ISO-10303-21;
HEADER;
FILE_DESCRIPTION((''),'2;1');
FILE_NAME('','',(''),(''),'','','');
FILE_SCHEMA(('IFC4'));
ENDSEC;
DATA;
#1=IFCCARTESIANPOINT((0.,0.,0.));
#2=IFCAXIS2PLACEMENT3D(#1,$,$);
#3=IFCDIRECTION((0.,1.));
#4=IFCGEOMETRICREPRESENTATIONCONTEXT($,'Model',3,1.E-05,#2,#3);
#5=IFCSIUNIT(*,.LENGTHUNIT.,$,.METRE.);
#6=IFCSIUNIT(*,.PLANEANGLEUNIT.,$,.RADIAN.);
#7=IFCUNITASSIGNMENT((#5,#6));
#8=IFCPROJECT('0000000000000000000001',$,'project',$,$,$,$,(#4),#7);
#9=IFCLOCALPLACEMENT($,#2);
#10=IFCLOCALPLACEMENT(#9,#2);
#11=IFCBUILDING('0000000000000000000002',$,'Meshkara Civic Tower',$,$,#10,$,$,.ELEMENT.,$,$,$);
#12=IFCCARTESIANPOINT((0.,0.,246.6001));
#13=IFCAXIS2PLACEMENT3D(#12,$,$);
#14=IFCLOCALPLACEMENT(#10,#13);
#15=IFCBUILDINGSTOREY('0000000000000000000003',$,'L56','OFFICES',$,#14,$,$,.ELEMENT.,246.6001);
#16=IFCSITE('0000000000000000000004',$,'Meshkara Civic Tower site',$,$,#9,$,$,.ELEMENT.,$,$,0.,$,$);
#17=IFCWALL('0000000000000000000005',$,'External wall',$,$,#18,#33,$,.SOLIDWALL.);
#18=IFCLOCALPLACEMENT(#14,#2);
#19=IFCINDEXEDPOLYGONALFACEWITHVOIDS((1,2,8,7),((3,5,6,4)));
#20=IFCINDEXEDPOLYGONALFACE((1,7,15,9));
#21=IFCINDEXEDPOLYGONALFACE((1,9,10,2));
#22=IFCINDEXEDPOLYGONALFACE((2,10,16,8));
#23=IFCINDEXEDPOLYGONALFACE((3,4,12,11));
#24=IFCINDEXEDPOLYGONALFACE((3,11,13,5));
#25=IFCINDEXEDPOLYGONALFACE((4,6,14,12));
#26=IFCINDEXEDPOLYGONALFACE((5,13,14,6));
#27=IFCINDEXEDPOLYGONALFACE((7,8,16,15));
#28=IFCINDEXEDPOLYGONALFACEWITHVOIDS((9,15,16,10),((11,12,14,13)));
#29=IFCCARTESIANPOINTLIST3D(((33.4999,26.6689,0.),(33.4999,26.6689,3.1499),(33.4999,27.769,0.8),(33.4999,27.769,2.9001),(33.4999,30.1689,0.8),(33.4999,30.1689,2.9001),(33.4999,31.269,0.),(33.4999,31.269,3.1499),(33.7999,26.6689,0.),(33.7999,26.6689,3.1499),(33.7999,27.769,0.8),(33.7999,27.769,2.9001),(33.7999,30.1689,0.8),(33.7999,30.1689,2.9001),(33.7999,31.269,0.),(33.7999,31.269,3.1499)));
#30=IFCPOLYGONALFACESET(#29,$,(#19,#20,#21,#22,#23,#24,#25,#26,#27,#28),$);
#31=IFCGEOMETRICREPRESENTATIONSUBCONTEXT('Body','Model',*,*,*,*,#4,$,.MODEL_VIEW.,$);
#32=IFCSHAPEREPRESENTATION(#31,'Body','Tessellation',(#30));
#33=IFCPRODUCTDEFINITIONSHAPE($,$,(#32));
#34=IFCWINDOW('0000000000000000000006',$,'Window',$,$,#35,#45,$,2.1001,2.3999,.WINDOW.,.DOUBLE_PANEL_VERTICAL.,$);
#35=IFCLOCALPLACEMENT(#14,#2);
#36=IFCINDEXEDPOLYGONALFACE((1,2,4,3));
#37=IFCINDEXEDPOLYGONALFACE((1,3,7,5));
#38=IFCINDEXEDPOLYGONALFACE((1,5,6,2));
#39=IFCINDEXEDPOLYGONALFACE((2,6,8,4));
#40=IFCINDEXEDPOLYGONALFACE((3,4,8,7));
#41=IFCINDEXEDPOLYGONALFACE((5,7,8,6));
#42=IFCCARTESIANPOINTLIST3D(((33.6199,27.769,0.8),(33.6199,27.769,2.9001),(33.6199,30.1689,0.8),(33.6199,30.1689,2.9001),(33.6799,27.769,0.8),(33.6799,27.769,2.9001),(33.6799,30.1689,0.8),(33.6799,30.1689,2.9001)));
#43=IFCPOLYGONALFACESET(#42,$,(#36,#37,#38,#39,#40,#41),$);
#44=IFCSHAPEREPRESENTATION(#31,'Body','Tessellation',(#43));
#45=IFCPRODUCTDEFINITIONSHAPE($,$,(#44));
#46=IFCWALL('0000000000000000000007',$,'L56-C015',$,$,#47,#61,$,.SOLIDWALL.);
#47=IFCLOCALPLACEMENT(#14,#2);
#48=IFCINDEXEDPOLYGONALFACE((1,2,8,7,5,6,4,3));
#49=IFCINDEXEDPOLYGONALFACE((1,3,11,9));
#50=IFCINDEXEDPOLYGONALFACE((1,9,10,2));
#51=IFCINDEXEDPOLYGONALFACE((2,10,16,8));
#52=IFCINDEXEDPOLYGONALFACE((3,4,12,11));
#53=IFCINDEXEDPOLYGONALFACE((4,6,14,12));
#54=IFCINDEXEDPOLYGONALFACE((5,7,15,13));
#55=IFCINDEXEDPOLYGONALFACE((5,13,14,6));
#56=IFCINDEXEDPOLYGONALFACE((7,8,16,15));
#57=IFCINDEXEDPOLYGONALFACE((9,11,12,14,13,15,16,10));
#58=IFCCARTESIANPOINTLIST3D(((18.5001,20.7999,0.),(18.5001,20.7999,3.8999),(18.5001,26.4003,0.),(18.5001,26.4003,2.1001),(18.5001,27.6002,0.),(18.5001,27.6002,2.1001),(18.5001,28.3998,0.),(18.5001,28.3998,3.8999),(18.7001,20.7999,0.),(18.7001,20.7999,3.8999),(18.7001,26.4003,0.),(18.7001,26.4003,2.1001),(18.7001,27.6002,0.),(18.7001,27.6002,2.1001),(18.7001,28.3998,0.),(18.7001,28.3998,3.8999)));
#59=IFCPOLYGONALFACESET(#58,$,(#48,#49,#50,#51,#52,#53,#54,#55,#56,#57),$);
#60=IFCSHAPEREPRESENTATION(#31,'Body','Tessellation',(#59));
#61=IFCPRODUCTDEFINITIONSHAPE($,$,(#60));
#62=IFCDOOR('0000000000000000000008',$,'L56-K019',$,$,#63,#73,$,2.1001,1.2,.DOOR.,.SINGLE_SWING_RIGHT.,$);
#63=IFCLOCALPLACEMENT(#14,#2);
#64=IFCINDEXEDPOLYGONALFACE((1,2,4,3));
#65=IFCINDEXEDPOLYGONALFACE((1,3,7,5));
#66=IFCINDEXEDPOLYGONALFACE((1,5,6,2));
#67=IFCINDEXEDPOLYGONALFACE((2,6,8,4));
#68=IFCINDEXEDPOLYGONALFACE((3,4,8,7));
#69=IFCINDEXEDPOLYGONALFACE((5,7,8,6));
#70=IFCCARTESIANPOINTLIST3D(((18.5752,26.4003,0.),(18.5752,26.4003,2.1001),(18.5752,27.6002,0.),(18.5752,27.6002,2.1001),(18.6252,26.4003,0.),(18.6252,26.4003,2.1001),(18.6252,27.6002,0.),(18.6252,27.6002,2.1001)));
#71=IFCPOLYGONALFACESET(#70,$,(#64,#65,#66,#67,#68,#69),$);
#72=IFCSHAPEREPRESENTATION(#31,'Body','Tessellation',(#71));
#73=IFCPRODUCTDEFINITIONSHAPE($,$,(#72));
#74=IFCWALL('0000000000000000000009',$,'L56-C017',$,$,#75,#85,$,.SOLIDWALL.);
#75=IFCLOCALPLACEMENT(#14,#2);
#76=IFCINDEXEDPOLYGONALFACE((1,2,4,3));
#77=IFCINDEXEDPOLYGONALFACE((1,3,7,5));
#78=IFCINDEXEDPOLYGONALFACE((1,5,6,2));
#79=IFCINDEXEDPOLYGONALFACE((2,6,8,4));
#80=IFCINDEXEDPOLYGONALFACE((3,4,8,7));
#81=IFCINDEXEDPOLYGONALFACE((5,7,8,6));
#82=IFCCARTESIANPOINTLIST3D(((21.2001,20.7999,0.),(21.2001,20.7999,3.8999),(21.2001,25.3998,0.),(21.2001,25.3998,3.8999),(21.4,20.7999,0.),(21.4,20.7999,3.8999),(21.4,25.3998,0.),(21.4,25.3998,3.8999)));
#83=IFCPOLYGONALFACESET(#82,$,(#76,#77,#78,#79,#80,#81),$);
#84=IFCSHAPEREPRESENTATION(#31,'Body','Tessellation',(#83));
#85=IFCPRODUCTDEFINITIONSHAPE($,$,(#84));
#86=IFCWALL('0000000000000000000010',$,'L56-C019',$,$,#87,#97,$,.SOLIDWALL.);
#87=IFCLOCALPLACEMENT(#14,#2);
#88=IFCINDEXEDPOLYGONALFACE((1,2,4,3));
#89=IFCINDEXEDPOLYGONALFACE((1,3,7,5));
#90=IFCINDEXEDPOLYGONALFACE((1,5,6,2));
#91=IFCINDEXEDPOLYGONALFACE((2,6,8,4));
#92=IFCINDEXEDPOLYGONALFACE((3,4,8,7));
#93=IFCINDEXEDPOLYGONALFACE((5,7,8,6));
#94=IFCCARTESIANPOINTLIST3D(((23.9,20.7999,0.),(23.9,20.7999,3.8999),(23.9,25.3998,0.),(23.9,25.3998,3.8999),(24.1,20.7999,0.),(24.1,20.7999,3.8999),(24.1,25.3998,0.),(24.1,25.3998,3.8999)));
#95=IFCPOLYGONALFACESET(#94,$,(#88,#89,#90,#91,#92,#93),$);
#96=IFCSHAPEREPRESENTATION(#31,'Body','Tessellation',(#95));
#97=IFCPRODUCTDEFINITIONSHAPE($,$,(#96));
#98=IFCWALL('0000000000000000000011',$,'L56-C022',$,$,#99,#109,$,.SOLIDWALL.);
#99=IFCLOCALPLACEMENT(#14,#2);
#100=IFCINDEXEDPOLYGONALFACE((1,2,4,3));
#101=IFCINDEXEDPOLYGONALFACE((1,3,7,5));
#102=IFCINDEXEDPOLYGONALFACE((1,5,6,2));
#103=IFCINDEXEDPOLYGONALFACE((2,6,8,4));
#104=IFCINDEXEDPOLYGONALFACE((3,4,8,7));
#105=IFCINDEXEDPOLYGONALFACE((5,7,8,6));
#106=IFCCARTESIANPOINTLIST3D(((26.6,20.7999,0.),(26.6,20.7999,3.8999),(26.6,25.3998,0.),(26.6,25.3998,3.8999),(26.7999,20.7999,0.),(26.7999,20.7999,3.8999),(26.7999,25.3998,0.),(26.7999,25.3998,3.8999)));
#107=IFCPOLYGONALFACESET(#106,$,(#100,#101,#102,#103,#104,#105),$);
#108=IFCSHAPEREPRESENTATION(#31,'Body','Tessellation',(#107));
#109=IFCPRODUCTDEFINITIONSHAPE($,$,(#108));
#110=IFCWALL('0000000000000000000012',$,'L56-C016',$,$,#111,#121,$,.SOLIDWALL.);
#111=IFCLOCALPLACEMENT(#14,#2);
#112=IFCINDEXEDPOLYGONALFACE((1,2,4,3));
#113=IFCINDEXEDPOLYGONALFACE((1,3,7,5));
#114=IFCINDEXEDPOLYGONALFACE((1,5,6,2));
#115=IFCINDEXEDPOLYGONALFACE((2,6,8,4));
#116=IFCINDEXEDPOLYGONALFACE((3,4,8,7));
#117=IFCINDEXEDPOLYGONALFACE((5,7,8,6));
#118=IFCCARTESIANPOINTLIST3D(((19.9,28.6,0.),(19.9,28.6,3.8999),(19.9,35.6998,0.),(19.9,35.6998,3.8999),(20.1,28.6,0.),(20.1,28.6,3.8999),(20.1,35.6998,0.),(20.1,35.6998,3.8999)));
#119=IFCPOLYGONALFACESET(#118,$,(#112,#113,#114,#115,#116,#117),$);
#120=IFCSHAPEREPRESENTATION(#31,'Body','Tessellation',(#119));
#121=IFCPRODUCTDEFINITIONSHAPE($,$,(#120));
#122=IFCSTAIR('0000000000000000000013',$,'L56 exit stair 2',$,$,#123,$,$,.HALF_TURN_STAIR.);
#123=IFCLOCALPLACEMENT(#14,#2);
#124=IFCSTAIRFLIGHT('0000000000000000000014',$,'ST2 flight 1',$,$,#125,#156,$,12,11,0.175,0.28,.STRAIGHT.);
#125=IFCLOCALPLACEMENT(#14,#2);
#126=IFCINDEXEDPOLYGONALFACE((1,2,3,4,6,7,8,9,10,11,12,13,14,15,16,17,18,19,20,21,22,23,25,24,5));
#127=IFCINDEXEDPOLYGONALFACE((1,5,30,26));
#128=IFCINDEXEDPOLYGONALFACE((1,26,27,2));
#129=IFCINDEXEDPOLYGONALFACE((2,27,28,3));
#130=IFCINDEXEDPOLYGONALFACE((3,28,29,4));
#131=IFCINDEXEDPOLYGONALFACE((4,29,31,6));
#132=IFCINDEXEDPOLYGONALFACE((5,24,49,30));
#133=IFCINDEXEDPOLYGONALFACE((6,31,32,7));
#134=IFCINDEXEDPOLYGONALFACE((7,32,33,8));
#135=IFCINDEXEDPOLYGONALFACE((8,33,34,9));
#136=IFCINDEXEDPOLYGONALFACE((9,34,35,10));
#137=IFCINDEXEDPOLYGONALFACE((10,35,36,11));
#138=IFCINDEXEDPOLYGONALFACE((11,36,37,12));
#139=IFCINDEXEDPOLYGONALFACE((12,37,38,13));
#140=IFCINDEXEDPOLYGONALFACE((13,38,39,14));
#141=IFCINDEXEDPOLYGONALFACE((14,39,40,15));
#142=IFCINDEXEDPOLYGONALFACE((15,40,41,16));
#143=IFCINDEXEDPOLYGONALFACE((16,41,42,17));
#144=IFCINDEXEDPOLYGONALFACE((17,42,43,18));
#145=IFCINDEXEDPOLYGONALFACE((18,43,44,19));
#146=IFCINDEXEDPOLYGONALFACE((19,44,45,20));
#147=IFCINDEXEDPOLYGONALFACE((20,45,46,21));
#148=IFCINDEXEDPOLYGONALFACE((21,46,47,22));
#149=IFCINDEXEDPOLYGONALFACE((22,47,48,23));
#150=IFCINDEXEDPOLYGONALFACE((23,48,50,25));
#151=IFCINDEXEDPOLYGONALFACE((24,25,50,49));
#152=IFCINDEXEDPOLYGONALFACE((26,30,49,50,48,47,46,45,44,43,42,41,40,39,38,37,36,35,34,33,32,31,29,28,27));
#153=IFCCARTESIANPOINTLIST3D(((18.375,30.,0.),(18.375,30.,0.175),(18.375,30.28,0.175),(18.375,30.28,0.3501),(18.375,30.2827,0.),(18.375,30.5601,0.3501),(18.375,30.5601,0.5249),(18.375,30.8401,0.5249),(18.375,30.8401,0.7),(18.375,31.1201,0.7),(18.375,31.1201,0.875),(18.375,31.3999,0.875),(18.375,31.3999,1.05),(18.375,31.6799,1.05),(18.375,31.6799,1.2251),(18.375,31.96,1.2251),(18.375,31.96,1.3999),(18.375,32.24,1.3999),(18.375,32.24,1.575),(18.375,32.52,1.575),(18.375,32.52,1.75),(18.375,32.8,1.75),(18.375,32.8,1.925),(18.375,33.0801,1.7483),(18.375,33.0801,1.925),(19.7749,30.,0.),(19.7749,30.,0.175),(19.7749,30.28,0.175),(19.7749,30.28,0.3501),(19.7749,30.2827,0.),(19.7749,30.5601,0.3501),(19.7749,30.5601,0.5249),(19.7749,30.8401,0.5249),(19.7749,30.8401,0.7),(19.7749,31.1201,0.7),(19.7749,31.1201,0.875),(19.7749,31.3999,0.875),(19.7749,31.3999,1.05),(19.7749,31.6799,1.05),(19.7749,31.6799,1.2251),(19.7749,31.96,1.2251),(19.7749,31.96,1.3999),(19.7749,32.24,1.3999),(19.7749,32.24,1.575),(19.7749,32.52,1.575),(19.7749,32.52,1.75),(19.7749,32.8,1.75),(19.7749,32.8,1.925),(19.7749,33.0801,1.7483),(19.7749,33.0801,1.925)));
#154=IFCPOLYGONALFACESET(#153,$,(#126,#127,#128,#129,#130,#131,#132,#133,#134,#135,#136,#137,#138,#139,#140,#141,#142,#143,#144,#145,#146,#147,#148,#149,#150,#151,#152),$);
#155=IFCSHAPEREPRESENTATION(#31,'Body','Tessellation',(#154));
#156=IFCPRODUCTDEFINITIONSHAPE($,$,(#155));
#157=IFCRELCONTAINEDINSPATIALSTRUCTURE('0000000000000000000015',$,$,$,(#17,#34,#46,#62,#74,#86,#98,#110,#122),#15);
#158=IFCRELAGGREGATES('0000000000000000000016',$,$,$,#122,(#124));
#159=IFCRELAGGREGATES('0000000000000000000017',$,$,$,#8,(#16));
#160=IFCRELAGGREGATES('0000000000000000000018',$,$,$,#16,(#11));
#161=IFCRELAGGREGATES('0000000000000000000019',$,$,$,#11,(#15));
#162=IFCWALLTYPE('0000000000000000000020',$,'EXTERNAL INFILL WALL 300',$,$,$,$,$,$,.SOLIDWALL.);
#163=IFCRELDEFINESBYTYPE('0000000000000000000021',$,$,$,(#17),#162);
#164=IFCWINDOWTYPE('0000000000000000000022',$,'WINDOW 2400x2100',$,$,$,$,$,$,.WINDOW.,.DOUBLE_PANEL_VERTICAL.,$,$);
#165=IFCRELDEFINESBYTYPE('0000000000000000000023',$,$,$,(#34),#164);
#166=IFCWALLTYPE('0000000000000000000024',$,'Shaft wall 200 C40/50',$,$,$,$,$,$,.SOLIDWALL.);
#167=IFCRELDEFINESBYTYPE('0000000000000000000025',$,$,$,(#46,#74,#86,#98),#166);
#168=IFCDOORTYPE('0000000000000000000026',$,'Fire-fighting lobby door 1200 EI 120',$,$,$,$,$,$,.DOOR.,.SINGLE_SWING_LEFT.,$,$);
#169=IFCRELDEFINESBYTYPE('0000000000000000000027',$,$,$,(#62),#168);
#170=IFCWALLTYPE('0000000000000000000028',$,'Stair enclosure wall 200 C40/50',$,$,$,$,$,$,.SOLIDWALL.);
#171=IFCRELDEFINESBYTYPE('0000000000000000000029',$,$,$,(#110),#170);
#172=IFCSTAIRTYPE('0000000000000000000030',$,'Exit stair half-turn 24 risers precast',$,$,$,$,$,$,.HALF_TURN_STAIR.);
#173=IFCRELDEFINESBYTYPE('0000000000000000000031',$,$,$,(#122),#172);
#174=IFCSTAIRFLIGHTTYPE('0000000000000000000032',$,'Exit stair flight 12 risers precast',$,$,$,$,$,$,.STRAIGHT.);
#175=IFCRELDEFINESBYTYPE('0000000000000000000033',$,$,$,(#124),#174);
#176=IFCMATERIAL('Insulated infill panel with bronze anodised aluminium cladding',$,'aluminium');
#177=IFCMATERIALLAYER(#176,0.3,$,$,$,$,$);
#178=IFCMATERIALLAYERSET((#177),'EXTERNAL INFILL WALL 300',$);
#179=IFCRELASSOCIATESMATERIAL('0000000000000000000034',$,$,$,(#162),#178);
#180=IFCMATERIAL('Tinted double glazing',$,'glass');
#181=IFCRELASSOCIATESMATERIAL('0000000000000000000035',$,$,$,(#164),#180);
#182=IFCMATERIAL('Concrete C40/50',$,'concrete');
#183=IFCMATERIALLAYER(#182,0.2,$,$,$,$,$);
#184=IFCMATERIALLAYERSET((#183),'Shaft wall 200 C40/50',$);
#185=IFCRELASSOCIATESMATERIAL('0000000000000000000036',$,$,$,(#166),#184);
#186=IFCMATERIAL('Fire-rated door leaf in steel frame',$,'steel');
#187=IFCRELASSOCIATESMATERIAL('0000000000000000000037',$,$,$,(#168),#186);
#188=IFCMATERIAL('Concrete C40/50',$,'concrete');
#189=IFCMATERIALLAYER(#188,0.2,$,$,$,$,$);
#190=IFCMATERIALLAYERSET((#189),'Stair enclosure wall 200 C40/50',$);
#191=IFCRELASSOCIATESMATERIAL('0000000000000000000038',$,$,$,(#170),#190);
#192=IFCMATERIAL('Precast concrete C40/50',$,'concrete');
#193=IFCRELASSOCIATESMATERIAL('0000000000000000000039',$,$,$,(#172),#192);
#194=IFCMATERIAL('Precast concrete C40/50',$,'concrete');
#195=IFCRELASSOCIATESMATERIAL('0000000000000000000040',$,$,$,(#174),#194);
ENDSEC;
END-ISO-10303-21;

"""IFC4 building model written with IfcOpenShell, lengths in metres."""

from ifc_helpers import new_model, si_unit, direction, frame, frame_2d, origin, place, context, subcontext, project, spatial, polyline, rectangle, outline, extrude, material, layer, layer_set, type_object, element, fill, aggregate, save


model = new_model("IFC4")

# Units and contexts
model_context = context("Model", 3, precision=1e-05, world=origin(), true_north=direction((0.0, 1.0)))
body_context = subcontext(model_context, "Body", "Model", "MODEL_VIEW")
ifc_project = project(units=[si_unit("LENGTHUNIT", "METRE"), si_unit("PLANEANGLEUNIT", "RADIAN")], contexts=[model_context])

# Site, building, storey
site_placement = place(None, origin())
site = spatial("IfcSite", under=ifc_project, at=site_placement, Name="Meshkara Civic Tower site", CompositionType="ELEMENT", RefElevation=0.0)
building_placement = place(site_placement, origin())
building = spatial("IfcBuilding", under=site, at=building_placement, Name="Meshkara Civic Tower", CompositionType="ELEMENT")
storey_placement = place(building_placement, frame((0.0, 0.0, 246.6001)))
storey = spatial("IfcBuildingStorey", under=building, at=storey_placement, Name="L56", Description="OFFICES", CompositionType="ELEMENT", Elevation=246.6001)

# Wall, opening, window
ifc_material_1 = material(Name="Insulated infill panel with bronze anodised aluminium cladding", Category="aluminium")
ifc_layer_1 = layer(ifc_material_1, 0.3)
ifc_layer_set_1 = layer_set([ifc_layer_1], Name="EXTERNAL INFILL WALL 300")
wall_type_1 = type_object("IfcWallType", Name="EXTERNAL INFILL WALL 300", PredefinedType="SOLIDWALL", material=ifc_layer_set_1)
ifc_material_2 = material(Name="Tinted double glazing", Category="glass")
window_type = type_object("IfcWindowType", Name="WINDOW 2400x2100", PartitioningType="DOUBLE_PANEL_VERTICAL", PredefinedType="WINDOW", material=ifc_material_2)
wall_1_placement = place(storey_placement, frame((33.6499, 26.6689, 0.0), z_axis=(0.0, 0.0, 1.0), x_axis=(0.0, 1.0, 0.0)))
wall_1 = element("IfcWall", 1, at=wall_1_placement, inside=storey, type_object=wall_type_1, Name="External wall", PredefinedType="SOLIDWALL", context=body_context, shape_type="SweptSolid", body=[
    extrude(rectangle(XDim=4.6001, YDim=0.3, at=frame_2d((2.3, 0.0))), origin(), (0.0, 0.0, 1.0), 3.1499),
])
opening_1_placement = place(wall_1_placement, frame((1.1001, 0.0, 0.8)))
opening_1 = element("IfcOpeningElement", 2, at=opening_1_placement, cuts=wall_1, PredefinedType="OPENING", context=body_context, shape_type="SweptSolid", body=[
    extrude(rectangle(XDim=2.3999, YDim=2.1001, at=frame_2d((1.2, 1.05))), frame((0.0, 0.1599, 0.0), z_axis=(0.0, -1.0, 0.0), x_axis=(1.0, 0.0, 0.0)), (0.0, 0.0, 1.0), 0.3201),
])
window_1_placement = place(opening_1_placement, origin())
window_1 = element("IfcWindow", 3, at=window_1_placement, inside=storey, type_object=window_type, Name="Window", OverallHeight=2.1001, OverallWidth=2.3999, PartitioningType="DOUBLE_PANEL_VERTICAL", PredefinedType="WINDOW", context=body_context, shape_type="SweptSolid", body=[
    extrude(rectangle(XDim=2.3999, YDim=2.1001, at=frame_2d((1.2, 1.05))), frame((0.0, 0.03, 0.0), z_axis=(0.0, -1.0, 0.0), x_axis=(1.0, 0.0, 0.0)), (0.0, 0.0, 1.0), 0.0601),
])
fill(opening_1, window_1)

# Wall, opening, door
ifc_material_3 = material(Name="Concrete C40/50", Category="concrete")
ifc_layer_2 = layer(ifc_material_3, 0.2)
ifc_layer_set_2 = layer_set([ifc_layer_2], Name="Shaft wall 200 C40/50")
wall_type_2 = type_object("IfcWallType", Name="Shaft wall 200 C40/50", PredefinedType="SOLIDWALL", material=ifc_layer_set_2)
wall_2_placement = place(storey_placement, frame((18.6001, 20.8, 0.0), z_axis=(0.0, 0.0, 1.0), x_axis=(0.0, 1.0, 0.0)))
wall_2 = element("IfcWall", 4, at=wall_2_placement, inside=storey, type_object=wall_type_2, Name="L56-C015", PredefinedType="SOLIDWALL", context=body_context, shape_type="SweptSolid", body=[
    extrude(rectangle(XDim=7.5999, YDim=0.2, at=frame_2d((3.7998, 0.0))), origin(), (0.0, 0.0, 1.0), 3.8999),
])
opening_2_placement = place(wall_2_placement, frame((5.6001, 0.0, 0.0)))
opening_2 = element("IfcOpeningElement", 5, at=opening_2_placement, cuts=wall_2, PredefinedType="OPENING", context=body_context, shape_type="SweptSolid", body=[
    extrude(rectangle(XDim=1.2, YDim=2.1001, at=frame_2d((0.6001, 1.05))), frame((0.0, 0.1099, 0.0), z_axis=(0.0, -1.0, 0.0), x_axis=(1.0, 0.0, 0.0)), (0.0, 0.0, 1.0), 0.22),
])
ifc_material_4 = material(Name="Fire-rated door leaf in steel frame", Category="steel")
door_type = type_object("IfcDoorType", Name="Fire-fighting lobby door 1200 EI 120", OperationType="SINGLE_SWING_LEFT", PredefinedType="DOOR", material=ifc_material_4)
door_placement = place(opening_2_placement, origin())
door = element("IfcDoor", 6, at=door_placement, inside=storey, type_object=door_type, Name="L56-K019", OperationType="SINGLE_SWING_RIGHT", OverallHeight=2.1001, OverallWidth=1.2, PredefinedType="DOOR", context=body_context, shape_type="SweptSolid", body=[
    extrude(rectangle(XDim=1.2, YDim=2.1001, at=frame_2d((0.6001, 1.05))), frame((0.0, 0.0249, 0.0), z_axis=(0.0, -1.0, 0.0), x_axis=(1.0, 0.0, 0.0)), (0.0, 0.0, 1.0), 0.05),
])
fill(opening_2, door)

# Walls
for number, where, z_axis, x_axis, name in (
    (7, (21.3, 20.8, 0.0), (0.0, 0.0, 1.0), (0.0, 1.0, 0.0), "L56-C017"),
    (8, (24.0, 20.8, 0.0), (0.0, 0.0, 1.0), (0.0, 1.0, 0.0), "L56-C019"),
    (9, (26.7, 20.8, 0.0), (0.0, 0.0, 1.0), (0.0, 1.0, 0.0), "L56-C022"),
):
    element("IfcWall", number, at=place(storey_placement, frame(where, z_axis=z_axis, x_axis=x_axis)), inside=storey, type_object=wall_type_2, Name=name, PredefinedType="SOLIDWALL", context=body_context, shape_type="SweptSolid", body=[
        extrude(rectangle(XDim=4.5999, YDim=0.2, at=frame_2d((2.2998, 0.0))), origin(), (0.0, 0.0, 1.0), 3.8999),
    ])
ifc_material_5 = material(Name="Concrete C40/50", Category="concrete")
ifc_layer_3 = layer(ifc_material_5, 0.2)
ifc_layer_set_3 = layer_set([ifc_layer_3], Name="Stair enclosure wall 200 C40/50")
wall_type_3 = type_object("IfcWallType", Name="Stair enclosure wall 200 C40/50", PredefinedType="SOLIDWALL", material=ifc_layer_set_3)
wall_3_placement = place(storey_placement, frame((20.0, 28.6001, 0.0), z_axis=(0.0, 0.0, 1.0), x_axis=(0.0, 1.0, 0.0)))
element("IfcWall", 10, at=wall_3_placement, inside=storey, type_object=wall_type_3, Name="L56-C016", PredefinedType="SOLIDWALL", context=body_context, shape_type="SweptSolid", body=[
    extrude(rectangle(XDim=7.0999, YDim=0.2, at=frame_2d((3.5498, 0.0))), origin(), (0.0, 0.0, 1.0), 3.8999),
])

# Stair, stair flight
ifc_material_6 = material(Name="Precast concrete C40/50", Category="concrete")
stair_type = type_object("IfcStairType", Name="Exit stair half-turn 24 risers precast", PredefinedType="HALF_TURN_STAIR", material=ifc_material_6)
stair_placement = place(storey_placement, origin())
stair = element("IfcStair", 11, at=stair_placement, inside=storey, type_object=stair_type, Name="L56 exit stair 2", PredefinedType="HALF_TURN_STAIR")
ifc_material_7 = material(Name="Precast concrete C40/50", Category="concrete")
stair_flight_type = type_object("IfcStairFlightType", Name="Exit stair flight 12 risers precast", PredefinedType="STRAIGHT", material=ifc_material_7)
stair_flight_placement = place(storey_placement, frame((19.075, 30.0, 0.0), z_axis=(0.0, 0.0, 1.0), x_axis=(0.0, 1.0, 0.0)))
stair_flight = element("IfcStairFlight", 12, at=stair_flight_placement, type_object=stair_flight_type, Name="ST2 flight 1", NumberOfRisers=12, NumberOfTreads=11, PredefinedType="STRAIGHT", RiserHeight=0.175, TreadLength=0.28, context=body_context, shape_type="SweptSolid", body=[
    extrude(outline(polyline([(0.0, 0.0), (0.0, 0.175), (0.28, 0.175), (0.28, 0.3501), (0.5601, 0.3501), (0.5601, 0.5249), (0.8401, 0.5249), (0.8401, 0.7), (1.1201, 0.7), (1.1201, 0.875), (1.3999, 0.875), (1.3999, 1.05), (1.6799, 1.05), (1.6799, 1.2251), (1.96, 1.2251), (1.96, 1.3999), (2.24, 1.3999), (2.24, 1.575), (2.52, 1.575), (2.52, 1.75), (2.8, 1.75), (2.8, 1.925), (3.0801, 1.925), (3.0801, 2.1001), (3.0801, 1.7483), (0.2827, 0.0), (0.0, 0.0)])), frame((0.0, 0.7, 0.0), z_axis=(0.0, -1.0, 0.0), x_axis=(1.0, 0.0, 0.0)), (0.0, 0.0, 1.0), 1.3999),
])
aggregate(stair, [stair_flight])

save(model, "model.ifc")
